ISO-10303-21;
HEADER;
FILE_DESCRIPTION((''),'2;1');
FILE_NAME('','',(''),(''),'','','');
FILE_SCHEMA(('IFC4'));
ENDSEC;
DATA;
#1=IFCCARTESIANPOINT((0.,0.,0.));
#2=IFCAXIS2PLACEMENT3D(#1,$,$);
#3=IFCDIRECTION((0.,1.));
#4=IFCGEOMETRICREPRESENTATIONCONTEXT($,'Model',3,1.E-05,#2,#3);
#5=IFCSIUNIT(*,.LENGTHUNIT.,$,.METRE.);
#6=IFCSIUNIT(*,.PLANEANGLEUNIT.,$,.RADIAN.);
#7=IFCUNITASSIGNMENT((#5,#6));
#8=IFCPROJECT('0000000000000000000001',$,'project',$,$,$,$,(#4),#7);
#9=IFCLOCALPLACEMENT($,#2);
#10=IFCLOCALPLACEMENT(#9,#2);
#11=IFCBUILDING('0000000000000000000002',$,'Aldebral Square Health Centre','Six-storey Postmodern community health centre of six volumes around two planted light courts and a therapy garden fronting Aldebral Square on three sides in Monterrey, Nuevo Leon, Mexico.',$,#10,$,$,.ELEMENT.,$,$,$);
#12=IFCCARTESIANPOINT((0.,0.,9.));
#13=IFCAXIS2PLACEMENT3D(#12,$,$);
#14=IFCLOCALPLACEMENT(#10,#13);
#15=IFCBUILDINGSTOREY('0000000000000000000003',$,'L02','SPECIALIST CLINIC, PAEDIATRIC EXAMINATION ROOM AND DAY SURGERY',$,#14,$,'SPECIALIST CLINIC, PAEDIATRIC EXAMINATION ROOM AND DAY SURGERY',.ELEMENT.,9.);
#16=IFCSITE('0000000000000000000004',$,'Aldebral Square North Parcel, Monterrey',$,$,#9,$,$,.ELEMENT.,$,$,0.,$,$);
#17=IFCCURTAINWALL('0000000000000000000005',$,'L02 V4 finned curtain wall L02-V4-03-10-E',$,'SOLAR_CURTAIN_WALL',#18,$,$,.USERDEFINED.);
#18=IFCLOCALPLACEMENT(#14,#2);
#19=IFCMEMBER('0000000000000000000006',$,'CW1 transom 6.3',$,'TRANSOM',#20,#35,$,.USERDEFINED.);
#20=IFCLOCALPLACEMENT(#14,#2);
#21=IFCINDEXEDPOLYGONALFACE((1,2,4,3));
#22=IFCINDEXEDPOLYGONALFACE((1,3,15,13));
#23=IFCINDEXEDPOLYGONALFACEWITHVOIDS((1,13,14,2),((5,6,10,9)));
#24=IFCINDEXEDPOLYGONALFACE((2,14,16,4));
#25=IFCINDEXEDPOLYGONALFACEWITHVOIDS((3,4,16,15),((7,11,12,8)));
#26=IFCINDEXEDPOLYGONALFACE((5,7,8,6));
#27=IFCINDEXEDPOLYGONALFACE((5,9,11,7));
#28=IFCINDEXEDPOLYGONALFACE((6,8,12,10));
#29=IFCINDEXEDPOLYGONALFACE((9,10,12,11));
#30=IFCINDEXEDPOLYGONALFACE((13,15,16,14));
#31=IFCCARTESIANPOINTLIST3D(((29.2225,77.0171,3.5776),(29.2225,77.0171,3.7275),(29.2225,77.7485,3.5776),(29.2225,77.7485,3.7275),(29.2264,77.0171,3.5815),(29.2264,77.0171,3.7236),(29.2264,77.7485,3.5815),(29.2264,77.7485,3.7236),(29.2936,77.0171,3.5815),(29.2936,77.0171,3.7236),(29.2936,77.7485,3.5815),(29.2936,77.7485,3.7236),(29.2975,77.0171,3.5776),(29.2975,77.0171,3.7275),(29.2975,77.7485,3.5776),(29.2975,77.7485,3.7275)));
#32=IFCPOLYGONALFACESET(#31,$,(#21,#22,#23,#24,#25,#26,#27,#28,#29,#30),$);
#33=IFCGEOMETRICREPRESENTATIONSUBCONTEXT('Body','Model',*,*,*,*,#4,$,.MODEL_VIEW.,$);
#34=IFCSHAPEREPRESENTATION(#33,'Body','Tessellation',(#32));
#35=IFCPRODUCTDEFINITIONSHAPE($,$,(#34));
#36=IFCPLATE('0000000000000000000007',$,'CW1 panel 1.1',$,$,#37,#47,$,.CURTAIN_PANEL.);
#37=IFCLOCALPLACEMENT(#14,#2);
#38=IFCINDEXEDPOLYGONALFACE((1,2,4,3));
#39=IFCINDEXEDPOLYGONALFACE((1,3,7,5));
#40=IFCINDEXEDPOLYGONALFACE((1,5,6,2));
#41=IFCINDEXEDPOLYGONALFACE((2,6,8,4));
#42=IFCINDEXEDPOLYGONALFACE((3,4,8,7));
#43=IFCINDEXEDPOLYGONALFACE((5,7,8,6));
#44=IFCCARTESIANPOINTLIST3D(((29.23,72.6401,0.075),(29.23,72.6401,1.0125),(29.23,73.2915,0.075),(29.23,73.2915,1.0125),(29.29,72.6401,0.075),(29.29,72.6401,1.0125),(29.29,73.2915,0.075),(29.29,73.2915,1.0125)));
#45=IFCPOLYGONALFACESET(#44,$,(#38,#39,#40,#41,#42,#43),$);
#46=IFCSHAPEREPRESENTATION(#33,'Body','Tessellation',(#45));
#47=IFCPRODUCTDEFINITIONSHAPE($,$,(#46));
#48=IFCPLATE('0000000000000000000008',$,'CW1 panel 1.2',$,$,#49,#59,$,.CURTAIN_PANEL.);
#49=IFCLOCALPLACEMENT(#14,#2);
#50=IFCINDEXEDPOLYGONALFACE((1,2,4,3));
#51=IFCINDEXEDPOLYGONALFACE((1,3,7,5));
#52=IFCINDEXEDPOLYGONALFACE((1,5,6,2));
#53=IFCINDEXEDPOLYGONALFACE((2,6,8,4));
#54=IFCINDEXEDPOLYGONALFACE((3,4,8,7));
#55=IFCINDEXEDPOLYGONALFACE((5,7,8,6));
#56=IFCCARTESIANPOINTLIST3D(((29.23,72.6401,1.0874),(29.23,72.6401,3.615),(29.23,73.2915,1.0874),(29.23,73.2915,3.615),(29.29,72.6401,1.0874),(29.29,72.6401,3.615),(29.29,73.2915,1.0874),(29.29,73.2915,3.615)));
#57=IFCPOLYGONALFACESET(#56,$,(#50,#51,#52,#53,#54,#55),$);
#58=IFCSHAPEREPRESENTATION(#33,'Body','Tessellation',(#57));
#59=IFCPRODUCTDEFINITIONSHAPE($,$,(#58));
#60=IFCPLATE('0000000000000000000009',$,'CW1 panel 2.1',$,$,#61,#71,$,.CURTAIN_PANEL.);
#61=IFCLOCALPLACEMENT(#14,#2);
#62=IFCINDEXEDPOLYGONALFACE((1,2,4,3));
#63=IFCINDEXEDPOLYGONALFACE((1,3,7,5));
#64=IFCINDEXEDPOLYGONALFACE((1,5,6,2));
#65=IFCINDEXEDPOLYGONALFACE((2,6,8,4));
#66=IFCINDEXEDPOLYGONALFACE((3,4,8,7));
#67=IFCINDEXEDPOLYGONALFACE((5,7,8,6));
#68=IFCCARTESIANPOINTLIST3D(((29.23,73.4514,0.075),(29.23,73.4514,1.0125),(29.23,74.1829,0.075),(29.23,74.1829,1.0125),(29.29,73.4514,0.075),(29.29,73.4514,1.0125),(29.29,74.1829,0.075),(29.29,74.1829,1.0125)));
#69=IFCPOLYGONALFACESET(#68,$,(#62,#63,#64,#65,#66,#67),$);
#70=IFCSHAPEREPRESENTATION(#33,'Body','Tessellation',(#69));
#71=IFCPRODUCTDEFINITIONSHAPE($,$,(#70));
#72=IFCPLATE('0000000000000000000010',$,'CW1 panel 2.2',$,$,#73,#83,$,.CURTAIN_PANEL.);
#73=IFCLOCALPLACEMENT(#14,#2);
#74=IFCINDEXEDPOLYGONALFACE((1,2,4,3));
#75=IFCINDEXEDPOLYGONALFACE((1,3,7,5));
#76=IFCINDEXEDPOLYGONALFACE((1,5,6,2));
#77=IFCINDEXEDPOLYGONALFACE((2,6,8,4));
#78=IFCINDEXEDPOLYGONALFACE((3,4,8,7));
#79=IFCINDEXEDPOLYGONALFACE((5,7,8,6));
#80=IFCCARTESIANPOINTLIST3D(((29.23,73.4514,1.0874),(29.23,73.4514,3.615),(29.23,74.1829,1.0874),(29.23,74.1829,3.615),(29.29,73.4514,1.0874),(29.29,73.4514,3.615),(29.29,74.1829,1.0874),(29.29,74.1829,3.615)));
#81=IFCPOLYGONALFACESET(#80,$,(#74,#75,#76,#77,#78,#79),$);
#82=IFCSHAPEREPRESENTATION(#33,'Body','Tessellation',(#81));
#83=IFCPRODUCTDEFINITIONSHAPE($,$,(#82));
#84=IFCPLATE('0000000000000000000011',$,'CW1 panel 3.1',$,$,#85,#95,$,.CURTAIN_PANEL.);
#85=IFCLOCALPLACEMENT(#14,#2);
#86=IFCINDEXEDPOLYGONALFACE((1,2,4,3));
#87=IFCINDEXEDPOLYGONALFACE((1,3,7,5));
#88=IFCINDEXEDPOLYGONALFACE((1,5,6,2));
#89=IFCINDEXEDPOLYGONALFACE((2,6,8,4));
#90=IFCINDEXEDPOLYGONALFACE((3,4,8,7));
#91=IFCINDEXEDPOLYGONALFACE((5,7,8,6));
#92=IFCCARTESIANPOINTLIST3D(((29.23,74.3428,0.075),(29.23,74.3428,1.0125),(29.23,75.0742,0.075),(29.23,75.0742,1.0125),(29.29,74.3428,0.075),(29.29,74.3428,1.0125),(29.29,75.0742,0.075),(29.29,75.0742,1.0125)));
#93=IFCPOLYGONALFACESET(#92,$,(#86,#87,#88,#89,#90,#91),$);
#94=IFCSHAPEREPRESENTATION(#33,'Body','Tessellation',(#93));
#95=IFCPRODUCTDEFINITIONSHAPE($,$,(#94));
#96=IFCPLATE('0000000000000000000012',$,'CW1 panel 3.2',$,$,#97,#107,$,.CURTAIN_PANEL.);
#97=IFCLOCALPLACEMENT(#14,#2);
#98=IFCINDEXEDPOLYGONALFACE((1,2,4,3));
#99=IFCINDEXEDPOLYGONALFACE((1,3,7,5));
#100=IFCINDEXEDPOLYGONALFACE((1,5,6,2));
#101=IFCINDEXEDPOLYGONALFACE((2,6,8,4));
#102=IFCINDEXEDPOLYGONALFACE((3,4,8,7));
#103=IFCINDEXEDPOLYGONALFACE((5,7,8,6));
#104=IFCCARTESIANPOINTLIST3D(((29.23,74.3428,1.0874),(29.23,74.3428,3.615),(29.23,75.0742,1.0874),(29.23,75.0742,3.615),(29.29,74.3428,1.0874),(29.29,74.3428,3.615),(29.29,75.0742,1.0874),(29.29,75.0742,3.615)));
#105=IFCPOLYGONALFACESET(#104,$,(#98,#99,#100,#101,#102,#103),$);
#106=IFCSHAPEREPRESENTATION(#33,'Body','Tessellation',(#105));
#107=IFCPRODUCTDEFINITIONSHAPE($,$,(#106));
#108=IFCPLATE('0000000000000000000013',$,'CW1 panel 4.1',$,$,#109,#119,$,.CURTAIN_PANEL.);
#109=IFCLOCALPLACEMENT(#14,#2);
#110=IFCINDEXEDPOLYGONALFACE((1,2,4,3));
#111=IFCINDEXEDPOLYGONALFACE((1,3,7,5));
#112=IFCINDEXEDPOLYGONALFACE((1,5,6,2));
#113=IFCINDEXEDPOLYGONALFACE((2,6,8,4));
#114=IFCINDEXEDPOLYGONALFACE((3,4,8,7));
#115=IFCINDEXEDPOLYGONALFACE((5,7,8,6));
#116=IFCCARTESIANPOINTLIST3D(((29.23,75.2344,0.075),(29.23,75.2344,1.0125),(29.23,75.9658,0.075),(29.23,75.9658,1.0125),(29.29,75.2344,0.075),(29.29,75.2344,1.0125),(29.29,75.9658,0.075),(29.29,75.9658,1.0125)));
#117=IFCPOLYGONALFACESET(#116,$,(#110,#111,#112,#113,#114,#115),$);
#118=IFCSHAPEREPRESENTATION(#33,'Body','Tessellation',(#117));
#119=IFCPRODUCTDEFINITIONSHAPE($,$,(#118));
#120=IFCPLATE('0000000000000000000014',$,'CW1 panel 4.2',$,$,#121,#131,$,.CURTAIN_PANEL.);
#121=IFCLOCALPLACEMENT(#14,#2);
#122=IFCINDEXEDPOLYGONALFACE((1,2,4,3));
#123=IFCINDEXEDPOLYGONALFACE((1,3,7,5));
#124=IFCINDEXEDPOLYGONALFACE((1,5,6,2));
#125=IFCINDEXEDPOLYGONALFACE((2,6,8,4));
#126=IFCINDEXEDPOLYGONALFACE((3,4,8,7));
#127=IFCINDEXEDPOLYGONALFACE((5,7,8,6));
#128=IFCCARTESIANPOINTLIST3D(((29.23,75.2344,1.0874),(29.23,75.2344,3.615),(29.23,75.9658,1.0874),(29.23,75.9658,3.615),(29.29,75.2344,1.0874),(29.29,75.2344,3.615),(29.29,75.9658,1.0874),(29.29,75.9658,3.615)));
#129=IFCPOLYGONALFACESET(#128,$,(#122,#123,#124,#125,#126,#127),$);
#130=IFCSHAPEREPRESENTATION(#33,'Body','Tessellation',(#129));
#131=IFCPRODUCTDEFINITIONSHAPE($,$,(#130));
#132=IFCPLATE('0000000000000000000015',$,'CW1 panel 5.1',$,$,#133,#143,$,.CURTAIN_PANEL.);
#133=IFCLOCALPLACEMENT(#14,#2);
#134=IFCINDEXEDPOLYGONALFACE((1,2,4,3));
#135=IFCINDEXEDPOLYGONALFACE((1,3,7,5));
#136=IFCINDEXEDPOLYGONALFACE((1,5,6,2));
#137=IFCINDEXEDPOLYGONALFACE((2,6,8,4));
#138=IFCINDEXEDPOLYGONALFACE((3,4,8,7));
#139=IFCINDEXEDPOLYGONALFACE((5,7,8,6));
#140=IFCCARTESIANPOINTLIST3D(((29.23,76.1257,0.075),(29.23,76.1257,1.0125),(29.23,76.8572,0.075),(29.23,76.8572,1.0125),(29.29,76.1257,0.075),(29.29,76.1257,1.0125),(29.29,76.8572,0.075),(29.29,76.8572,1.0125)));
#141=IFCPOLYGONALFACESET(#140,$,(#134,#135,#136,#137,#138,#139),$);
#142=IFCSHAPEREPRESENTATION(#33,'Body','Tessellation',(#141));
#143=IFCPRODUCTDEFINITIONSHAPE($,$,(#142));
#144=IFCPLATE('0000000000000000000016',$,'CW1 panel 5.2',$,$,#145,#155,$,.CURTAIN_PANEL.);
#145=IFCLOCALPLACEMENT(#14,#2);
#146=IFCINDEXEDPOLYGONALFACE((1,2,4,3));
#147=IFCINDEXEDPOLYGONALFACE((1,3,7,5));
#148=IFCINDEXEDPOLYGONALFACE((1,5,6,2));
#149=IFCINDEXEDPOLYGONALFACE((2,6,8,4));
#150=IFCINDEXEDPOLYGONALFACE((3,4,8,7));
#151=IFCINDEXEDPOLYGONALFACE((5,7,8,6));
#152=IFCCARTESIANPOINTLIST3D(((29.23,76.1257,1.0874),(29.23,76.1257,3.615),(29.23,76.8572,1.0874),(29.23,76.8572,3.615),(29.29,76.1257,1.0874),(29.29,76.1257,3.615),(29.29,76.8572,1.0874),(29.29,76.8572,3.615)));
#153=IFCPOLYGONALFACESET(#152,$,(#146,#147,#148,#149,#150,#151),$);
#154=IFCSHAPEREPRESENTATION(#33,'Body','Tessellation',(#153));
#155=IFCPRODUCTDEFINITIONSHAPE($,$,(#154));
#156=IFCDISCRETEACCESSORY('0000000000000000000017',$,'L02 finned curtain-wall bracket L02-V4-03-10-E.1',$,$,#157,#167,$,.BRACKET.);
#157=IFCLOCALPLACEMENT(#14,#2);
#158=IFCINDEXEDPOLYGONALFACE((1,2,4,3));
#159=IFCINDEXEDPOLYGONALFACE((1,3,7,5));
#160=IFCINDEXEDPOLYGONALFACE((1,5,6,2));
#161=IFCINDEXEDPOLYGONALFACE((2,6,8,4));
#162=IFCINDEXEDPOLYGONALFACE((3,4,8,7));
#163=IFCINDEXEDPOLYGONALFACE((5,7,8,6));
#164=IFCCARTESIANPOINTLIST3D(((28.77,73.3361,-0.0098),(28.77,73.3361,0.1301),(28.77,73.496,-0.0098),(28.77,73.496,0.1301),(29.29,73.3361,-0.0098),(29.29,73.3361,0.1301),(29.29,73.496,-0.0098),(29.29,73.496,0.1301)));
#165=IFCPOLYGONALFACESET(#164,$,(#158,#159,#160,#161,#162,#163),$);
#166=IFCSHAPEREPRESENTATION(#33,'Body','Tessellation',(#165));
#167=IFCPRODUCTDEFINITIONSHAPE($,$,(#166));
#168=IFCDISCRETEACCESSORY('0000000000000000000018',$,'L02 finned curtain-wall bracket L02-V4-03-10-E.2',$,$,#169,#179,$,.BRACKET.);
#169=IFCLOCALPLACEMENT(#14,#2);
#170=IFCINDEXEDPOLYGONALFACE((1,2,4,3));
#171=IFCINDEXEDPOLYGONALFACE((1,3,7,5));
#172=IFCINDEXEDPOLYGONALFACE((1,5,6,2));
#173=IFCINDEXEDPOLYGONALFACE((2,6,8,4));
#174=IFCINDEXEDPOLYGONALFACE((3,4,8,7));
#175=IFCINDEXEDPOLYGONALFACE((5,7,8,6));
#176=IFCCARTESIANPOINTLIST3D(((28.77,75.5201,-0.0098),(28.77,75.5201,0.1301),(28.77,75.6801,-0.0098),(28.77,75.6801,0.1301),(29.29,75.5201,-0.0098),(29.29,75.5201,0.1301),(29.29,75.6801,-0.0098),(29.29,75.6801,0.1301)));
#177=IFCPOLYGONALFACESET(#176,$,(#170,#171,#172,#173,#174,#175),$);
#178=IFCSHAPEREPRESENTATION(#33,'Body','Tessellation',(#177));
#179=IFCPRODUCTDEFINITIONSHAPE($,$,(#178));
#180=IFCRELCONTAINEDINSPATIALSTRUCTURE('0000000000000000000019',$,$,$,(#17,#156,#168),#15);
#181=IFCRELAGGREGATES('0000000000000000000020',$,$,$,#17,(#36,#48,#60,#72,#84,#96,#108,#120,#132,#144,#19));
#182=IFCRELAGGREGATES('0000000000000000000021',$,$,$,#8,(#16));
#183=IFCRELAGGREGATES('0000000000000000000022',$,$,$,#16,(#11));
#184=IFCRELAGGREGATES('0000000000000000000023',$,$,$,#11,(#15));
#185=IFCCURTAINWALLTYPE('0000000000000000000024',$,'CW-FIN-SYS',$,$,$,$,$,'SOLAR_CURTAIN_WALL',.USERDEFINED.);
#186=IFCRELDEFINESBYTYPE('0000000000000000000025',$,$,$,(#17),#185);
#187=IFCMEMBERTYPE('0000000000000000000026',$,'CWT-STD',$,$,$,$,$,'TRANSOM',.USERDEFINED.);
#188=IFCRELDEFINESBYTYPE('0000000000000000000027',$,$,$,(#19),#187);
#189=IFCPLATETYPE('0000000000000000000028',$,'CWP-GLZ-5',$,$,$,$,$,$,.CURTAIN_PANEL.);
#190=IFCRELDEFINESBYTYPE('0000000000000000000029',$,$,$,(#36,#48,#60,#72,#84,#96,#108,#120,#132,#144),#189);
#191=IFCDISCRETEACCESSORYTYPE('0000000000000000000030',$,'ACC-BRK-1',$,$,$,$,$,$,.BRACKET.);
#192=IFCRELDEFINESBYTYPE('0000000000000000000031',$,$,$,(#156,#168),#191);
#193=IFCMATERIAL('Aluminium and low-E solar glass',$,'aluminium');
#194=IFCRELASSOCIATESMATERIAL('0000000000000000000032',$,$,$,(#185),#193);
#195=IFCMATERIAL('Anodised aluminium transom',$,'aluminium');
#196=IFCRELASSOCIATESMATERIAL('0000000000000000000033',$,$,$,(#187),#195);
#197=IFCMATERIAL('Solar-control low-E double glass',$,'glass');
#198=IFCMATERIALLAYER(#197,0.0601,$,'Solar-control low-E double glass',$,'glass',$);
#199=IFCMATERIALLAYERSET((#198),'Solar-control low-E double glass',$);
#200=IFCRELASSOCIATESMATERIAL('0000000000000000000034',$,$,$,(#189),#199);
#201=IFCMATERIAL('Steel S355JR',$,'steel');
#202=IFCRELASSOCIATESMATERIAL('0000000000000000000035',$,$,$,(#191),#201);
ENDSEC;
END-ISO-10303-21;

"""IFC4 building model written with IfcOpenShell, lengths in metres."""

from ifc_helpers import new_model, si_unit, direction, frame, origin, origin_2d, place, context, subcontext, project, spatial, rectangle, hollow_rectangle, extrude, material, layer, layer_set, material_profile, profile_set, type_object, element, aggregate, save


model = new_model("IFC4")

# Units and contexts
model_context = context("Model", 3, precision=1e-05, world=origin(), true_north=direction((0.0, 1.0)))
body_context = subcontext(model_context, "Body", "Model", "MODEL_VIEW")
ifc_project = project(units=[si_unit("LENGTHUNIT", "METRE"), si_unit("PLANEANGLEUNIT", "RADIAN")], contexts=[model_context])

# Site, building, storey
site_placement = place(None, origin())
site = spatial("IfcSite", under=ifc_project, at=site_placement, Name="Aldebral Square North Parcel, Monterrey", CompositionType="ELEMENT", RefElevation=0.0)
building_placement = place(site_placement, origin())
building = spatial("IfcBuilding", under=site, at=building_placement, Name="Aldebral Square Health Centre", Description="Six-storey Postmodern community health centre of six volumes around two planted light courts and a therapy garden fronting Aldebral Square on three sides in Monterrey, Nuevo Leon, Mexico.", CompositionType="ELEMENT")
storey_placement = place(building_placement, frame((0.0, 0.0, 9.0)))
storey = spatial("IfcBuildingStorey", under=building, at=storey_placement, Name="L02", Description="SPECIALIST CLINIC, PAEDIATRIC EXAMINATION ROOM AND DAY SURGERY", LongName="SPECIALIST CLINIC, PAEDIATRIC EXAMINATION ROOM AND DAY SURGERY", CompositionType="ELEMENT", Elevation=9.0)

# Curtain wall, member, plates
ifc_material_1 = material(Name="Aluminium and low-E solar glass", Category="aluminium")
curtain_wall_type = type_object("IfcCurtainWallType", Name="CW-FIN-SYS", ElementType="SOLAR_CURTAIN_WALL", PredefinedType="USERDEFINED", material=ifc_material_1)
curtain_wall_placement = place(storey_placement, origin())
curtain_wall = element("IfcCurtainWall", 1, at=curtain_wall_placement, inside=storey, type_object=curtain_wall_type, Name="L02 V4 finned curtain wall L02-V4-03-10-E", ObjectType="SOLAR_CURTAIN_WALL", PredefinedType="USERDEFINED")
ifc_material_2 = material(Name="Anodised aluminium transom", Category="aluminium")
ifc_material_profile_1 = material_profile(ifc_material_2, hollow_rectangle(XDim=0.075, YDim=0.1499, WallThickness=0.0039, at=origin_2d()), Name="CWT 75x150x4")
ifc_profile_set_1 = profile_set([ifc_material_profile_1], Name="Anodised aluminium transom")
member_type_1 = type_object("IfcMemberType", Name="CWT-STD", ElementType="TRANSOM", PredefinedType="USERDEFINED", material=ifc_profile_set_1)
member_1_placement = place(storey_placement, frame((29.26, 77.0171, 3.6526), z_axis=(0.0, 1.0, 0.0), x_axis=(-1.0, 0.0, 0.0)))
member_1 = element("IfcMember", 2, at=member_1_placement, type_object=member_type_1, Name="CW1 transom 6.3", ObjectType="TRANSOM", PredefinedType="USERDEFINED", context=body_context, shape_type="SweptSolid", body=[
    extrude(hollow_rectangle(XDim=0.075, YDim=0.1499, WallThickness=0.0039, at=origin_2d()), origin(), (0.0, 0.0, 1.0), 0.7314),
])
ifc_material_3 = material(Name="Solar-control low-E double glass", Category="glass")
ifc_layer = layer(ifc_material_3, 0.0601, Name="Solar-control low-E double glass", Category="glass")
ifc_layer_set = layer_set([ifc_layer], Name="Solar-control low-E double glass")
plate_type = type_object("IfcPlateType", Name="CWP-GLZ-5", PredefinedType="CURTAIN_PANEL", material=ifc_layer_set)
plate_1_placement = place(storey_placement, frame((29.26, 72.9658, 0.075), z_axis=(0.0, 0.0, 1.0), x_axis=(0.0, 1.0, 0.0)))
plate_1 = element("IfcPlate", 3, at=plate_1_placement, type_object=plate_type, Name="CW1 panel 1.1", PredefinedType="CURTAIN_PANEL", context=body_context, shape_type="SweptSolid", body=[
    extrude(rectangle(XDim=0.6514, YDim=0.0601, at=origin_2d()), origin(), (0.0, 0.0, 1.0), 0.9375),
])
plate_2_placement = place(storey_placement, frame((29.26, 72.9658, 1.0874), z_axis=(0.0, 0.0, 1.0), x_axis=(0.0, 1.0, 0.0)))
plate_2 = element("IfcPlate", 4, at=plate_2_placement, type_object=plate_type, Name="CW1 panel 1.2", PredefinedType="CURTAIN_PANEL", context=body_context, shape_type="SweptSolid", body=[
    extrude(rectangle(XDim=0.6514, YDim=0.0601, at=origin_2d()), origin(), (0.0, 0.0, 1.0), 2.5276),
])
plate_3_placement = place(storey_placement, frame((29.26, 73.8171, 0.075), z_axis=(0.0, 0.0, 1.0), x_axis=(0.0, 1.0, 0.0)))
plate_3 = element("IfcPlate", 5, at=plate_3_placement, type_object=plate_type, Name="CW1 panel 2.1", PredefinedType="CURTAIN_PANEL", context=body_context, shape_type="SweptSolid", body=[
    extrude(rectangle(XDim=0.7314, YDim=0.0601, at=origin_2d()), origin(), (0.0, 0.0, 1.0), 0.9375),
])
plate_4_placement = place(storey_placement, frame((29.26, 73.8171, 1.0874), z_axis=(0.0, 0.0, 1.0), x_axis=(0.0, 1.0, 0.0)))
plate_4 = element("IfcPlate", 6, at=plate_4_placement, type_object=plate_type, Name="CW1 panel 2.2", PredefinedType="CURTAIN_PANEL", context=body_context, shape_type="SweptSolid", body=[
    extrude(rectangle(XDim=0.7314, YDim=0.0601, at=origin_2d()), origin(), (0.0, 0.0, 1.0), 2.5276),
])
plate_5_placement = place(storey_placement, frame((29.26, 74.7085, 0.075), z_axis=(0.0, 0.0, 1.0), x_axis=(0.0, 1.0, 0.0)))
plate_5 = element("IfcPlate", 7, at=plate_5_placement, type_object=plate_type, Name="CW1 panel 3.1", PredefinedType="CURTAIN_PANEL", context=body_context, shape_type="SweptSolid", body=[
    extrude(rectangle(XDim=0.7314, YDim=0.0601, at=origin_2d()), origin(), (0.0, 0.0, 1.0), 0.9375),
])
plate_6_placement = place(storey_placement, frame((29.26, 74.7085, 1.0874), z_axis=(0.0, 0.0, 1.0), x_axis=(0.0, 1.0, 0.0)))
plate_6 = element("IfcPlate", 8, at=plate_6_placement, type_object=plate_type, Name="CW1 panel 3.2", PredefinedType="CURTAIN_PANEL", context=body_context, shape_type="SweptSolid", body=[
    extrude(rectangle(XDim=0.7314, YDim=0.0601, at=origin_2d()), origin(), (0.0, 0.0, 1.0), 2.5276),
])
plate_7_placement = place(storey_placement, frame((29.26, 75.6001, 0.075), z_axis=(0.0, 0.0, 1.0), x_axis=(0.0, 1.0, 0.0)))
plate_7 = element("IfcPlate", 9, at=plate_7_placement, type_object=plate_type, Name="CW1 panel 4.1", PredefinedType="CURTAIN_PANEL", context=body_context, shape_type="SweptSolid", body=[
    extrude(rectangle(XDim=0.7314, YDim=0.0601, at=origin_2d()), origin(), (0.0, 0.0, 1.0), 0.9375),
])
plate_8_placement = place(storey_placement, frame((29.26, 75.6001, 1.0874), z_axis=(0.0, 0.0, 1.0), x_axis=(0.0, 1.0, 0.0)))
plate_8 = element("IfcPlate", 10, at=plate_8_placement, type_object=plate_type, Name="CW1 panel 4.2", PredefinedType="CURTAIN_PANEL", context=body_context, shape_type="SweptSolid", body=[
    extrude(rectangle(XDim=0.7314, YDim=0.0601, at=origin_2d()), origin(), (0.0, 0.0, 1.0), 2.5276),
])
plate_9_placement = place(storey_placement, frame((29.26, 76.4915, 0.075), z_axis=(0.0, 0.0, 1.0), x_axis=(0.0, 1.0, 0.0)))
plate_9 = element("IfcPlate", 11, at=plate_9_placement, type_object=plate_type, Name="CW1 panel 5.1", PredefinedType="CURTAIN_PANEL", context=body_context, shape_type="SweptSolid", body=[
    extrude(rectangle(XDim=0.7314, YDim=0.0601, at=origin_2d()), origin(), (0.0, 0.0, 1.0), 0.9375),
])
plate_10_placement = place(storey_placement, frame((29.26, 76.4915, 1.0874), z_axis=(0.0, 0.0, 1.0), x_axis=(0.0, 1.0, 0.0)))
plate_10 = element("IfcPlate", 12, at=plate_10_placement, type_object=plate_type, Name="CW1 panel 5.2", PredefinedType="CURTAIN_PANEL", context=body_context, shape_type="SweptSolid", body=[
    extrude(rectangle(XDim=0.7314, YDim=0.0601, at=origin_2d()), origin(), (0.0, 0.0, 1.0), 2.5276),
])
aggregate(curtain_wall, [plate_1, plate_2, plate_3, plate_4, plate_5, plate_6, plate_7, plate_8, plate_9, plate_10, member_1])

# Discrete accessories
ifc_material_4 = material(Name="Steel S355JR", Category="steel")
discrete_accessory_type = type_object("IfcDiscreteAccessoryType", Name="ACC-BRK-1", PredefinedType="BRACKET", material=ifc_material_4)
for number, where, z_axis, x_axis, name in (
    (13, (29.03, 73.416, -0.0098), (0.0, 0.0, 1.0), (0.0, 1.0, 0.0), "L02 finned curtain-wall bracket L02-V4-03-10-E.1"),
    (14, (29.03, 75.6001, -0.0098), (0.0, 0.0, 1.0), (0.0, 1.0, 0.0), "L02 finned curtain-wall bracket L02-V4-03-10-E.2"),
):
    element("IfcDiscreteAccessory", number, at=place(storey_placement, frame(where, z_axis=z_axis, x_axis=x_axis)), inside=storey, type_object=discrete_accessory_type, Name=name, PredefinedType="BRACKET", context=body_context, shape_type="SweptSolid", body=[
        extrude(rectangle(XDim=0.1599, YDim=0.52, at=origin_2d()), origin(), (0.0, 0.0, 1.0), 0.1399),
    ])

save(model, "model.ifc")
